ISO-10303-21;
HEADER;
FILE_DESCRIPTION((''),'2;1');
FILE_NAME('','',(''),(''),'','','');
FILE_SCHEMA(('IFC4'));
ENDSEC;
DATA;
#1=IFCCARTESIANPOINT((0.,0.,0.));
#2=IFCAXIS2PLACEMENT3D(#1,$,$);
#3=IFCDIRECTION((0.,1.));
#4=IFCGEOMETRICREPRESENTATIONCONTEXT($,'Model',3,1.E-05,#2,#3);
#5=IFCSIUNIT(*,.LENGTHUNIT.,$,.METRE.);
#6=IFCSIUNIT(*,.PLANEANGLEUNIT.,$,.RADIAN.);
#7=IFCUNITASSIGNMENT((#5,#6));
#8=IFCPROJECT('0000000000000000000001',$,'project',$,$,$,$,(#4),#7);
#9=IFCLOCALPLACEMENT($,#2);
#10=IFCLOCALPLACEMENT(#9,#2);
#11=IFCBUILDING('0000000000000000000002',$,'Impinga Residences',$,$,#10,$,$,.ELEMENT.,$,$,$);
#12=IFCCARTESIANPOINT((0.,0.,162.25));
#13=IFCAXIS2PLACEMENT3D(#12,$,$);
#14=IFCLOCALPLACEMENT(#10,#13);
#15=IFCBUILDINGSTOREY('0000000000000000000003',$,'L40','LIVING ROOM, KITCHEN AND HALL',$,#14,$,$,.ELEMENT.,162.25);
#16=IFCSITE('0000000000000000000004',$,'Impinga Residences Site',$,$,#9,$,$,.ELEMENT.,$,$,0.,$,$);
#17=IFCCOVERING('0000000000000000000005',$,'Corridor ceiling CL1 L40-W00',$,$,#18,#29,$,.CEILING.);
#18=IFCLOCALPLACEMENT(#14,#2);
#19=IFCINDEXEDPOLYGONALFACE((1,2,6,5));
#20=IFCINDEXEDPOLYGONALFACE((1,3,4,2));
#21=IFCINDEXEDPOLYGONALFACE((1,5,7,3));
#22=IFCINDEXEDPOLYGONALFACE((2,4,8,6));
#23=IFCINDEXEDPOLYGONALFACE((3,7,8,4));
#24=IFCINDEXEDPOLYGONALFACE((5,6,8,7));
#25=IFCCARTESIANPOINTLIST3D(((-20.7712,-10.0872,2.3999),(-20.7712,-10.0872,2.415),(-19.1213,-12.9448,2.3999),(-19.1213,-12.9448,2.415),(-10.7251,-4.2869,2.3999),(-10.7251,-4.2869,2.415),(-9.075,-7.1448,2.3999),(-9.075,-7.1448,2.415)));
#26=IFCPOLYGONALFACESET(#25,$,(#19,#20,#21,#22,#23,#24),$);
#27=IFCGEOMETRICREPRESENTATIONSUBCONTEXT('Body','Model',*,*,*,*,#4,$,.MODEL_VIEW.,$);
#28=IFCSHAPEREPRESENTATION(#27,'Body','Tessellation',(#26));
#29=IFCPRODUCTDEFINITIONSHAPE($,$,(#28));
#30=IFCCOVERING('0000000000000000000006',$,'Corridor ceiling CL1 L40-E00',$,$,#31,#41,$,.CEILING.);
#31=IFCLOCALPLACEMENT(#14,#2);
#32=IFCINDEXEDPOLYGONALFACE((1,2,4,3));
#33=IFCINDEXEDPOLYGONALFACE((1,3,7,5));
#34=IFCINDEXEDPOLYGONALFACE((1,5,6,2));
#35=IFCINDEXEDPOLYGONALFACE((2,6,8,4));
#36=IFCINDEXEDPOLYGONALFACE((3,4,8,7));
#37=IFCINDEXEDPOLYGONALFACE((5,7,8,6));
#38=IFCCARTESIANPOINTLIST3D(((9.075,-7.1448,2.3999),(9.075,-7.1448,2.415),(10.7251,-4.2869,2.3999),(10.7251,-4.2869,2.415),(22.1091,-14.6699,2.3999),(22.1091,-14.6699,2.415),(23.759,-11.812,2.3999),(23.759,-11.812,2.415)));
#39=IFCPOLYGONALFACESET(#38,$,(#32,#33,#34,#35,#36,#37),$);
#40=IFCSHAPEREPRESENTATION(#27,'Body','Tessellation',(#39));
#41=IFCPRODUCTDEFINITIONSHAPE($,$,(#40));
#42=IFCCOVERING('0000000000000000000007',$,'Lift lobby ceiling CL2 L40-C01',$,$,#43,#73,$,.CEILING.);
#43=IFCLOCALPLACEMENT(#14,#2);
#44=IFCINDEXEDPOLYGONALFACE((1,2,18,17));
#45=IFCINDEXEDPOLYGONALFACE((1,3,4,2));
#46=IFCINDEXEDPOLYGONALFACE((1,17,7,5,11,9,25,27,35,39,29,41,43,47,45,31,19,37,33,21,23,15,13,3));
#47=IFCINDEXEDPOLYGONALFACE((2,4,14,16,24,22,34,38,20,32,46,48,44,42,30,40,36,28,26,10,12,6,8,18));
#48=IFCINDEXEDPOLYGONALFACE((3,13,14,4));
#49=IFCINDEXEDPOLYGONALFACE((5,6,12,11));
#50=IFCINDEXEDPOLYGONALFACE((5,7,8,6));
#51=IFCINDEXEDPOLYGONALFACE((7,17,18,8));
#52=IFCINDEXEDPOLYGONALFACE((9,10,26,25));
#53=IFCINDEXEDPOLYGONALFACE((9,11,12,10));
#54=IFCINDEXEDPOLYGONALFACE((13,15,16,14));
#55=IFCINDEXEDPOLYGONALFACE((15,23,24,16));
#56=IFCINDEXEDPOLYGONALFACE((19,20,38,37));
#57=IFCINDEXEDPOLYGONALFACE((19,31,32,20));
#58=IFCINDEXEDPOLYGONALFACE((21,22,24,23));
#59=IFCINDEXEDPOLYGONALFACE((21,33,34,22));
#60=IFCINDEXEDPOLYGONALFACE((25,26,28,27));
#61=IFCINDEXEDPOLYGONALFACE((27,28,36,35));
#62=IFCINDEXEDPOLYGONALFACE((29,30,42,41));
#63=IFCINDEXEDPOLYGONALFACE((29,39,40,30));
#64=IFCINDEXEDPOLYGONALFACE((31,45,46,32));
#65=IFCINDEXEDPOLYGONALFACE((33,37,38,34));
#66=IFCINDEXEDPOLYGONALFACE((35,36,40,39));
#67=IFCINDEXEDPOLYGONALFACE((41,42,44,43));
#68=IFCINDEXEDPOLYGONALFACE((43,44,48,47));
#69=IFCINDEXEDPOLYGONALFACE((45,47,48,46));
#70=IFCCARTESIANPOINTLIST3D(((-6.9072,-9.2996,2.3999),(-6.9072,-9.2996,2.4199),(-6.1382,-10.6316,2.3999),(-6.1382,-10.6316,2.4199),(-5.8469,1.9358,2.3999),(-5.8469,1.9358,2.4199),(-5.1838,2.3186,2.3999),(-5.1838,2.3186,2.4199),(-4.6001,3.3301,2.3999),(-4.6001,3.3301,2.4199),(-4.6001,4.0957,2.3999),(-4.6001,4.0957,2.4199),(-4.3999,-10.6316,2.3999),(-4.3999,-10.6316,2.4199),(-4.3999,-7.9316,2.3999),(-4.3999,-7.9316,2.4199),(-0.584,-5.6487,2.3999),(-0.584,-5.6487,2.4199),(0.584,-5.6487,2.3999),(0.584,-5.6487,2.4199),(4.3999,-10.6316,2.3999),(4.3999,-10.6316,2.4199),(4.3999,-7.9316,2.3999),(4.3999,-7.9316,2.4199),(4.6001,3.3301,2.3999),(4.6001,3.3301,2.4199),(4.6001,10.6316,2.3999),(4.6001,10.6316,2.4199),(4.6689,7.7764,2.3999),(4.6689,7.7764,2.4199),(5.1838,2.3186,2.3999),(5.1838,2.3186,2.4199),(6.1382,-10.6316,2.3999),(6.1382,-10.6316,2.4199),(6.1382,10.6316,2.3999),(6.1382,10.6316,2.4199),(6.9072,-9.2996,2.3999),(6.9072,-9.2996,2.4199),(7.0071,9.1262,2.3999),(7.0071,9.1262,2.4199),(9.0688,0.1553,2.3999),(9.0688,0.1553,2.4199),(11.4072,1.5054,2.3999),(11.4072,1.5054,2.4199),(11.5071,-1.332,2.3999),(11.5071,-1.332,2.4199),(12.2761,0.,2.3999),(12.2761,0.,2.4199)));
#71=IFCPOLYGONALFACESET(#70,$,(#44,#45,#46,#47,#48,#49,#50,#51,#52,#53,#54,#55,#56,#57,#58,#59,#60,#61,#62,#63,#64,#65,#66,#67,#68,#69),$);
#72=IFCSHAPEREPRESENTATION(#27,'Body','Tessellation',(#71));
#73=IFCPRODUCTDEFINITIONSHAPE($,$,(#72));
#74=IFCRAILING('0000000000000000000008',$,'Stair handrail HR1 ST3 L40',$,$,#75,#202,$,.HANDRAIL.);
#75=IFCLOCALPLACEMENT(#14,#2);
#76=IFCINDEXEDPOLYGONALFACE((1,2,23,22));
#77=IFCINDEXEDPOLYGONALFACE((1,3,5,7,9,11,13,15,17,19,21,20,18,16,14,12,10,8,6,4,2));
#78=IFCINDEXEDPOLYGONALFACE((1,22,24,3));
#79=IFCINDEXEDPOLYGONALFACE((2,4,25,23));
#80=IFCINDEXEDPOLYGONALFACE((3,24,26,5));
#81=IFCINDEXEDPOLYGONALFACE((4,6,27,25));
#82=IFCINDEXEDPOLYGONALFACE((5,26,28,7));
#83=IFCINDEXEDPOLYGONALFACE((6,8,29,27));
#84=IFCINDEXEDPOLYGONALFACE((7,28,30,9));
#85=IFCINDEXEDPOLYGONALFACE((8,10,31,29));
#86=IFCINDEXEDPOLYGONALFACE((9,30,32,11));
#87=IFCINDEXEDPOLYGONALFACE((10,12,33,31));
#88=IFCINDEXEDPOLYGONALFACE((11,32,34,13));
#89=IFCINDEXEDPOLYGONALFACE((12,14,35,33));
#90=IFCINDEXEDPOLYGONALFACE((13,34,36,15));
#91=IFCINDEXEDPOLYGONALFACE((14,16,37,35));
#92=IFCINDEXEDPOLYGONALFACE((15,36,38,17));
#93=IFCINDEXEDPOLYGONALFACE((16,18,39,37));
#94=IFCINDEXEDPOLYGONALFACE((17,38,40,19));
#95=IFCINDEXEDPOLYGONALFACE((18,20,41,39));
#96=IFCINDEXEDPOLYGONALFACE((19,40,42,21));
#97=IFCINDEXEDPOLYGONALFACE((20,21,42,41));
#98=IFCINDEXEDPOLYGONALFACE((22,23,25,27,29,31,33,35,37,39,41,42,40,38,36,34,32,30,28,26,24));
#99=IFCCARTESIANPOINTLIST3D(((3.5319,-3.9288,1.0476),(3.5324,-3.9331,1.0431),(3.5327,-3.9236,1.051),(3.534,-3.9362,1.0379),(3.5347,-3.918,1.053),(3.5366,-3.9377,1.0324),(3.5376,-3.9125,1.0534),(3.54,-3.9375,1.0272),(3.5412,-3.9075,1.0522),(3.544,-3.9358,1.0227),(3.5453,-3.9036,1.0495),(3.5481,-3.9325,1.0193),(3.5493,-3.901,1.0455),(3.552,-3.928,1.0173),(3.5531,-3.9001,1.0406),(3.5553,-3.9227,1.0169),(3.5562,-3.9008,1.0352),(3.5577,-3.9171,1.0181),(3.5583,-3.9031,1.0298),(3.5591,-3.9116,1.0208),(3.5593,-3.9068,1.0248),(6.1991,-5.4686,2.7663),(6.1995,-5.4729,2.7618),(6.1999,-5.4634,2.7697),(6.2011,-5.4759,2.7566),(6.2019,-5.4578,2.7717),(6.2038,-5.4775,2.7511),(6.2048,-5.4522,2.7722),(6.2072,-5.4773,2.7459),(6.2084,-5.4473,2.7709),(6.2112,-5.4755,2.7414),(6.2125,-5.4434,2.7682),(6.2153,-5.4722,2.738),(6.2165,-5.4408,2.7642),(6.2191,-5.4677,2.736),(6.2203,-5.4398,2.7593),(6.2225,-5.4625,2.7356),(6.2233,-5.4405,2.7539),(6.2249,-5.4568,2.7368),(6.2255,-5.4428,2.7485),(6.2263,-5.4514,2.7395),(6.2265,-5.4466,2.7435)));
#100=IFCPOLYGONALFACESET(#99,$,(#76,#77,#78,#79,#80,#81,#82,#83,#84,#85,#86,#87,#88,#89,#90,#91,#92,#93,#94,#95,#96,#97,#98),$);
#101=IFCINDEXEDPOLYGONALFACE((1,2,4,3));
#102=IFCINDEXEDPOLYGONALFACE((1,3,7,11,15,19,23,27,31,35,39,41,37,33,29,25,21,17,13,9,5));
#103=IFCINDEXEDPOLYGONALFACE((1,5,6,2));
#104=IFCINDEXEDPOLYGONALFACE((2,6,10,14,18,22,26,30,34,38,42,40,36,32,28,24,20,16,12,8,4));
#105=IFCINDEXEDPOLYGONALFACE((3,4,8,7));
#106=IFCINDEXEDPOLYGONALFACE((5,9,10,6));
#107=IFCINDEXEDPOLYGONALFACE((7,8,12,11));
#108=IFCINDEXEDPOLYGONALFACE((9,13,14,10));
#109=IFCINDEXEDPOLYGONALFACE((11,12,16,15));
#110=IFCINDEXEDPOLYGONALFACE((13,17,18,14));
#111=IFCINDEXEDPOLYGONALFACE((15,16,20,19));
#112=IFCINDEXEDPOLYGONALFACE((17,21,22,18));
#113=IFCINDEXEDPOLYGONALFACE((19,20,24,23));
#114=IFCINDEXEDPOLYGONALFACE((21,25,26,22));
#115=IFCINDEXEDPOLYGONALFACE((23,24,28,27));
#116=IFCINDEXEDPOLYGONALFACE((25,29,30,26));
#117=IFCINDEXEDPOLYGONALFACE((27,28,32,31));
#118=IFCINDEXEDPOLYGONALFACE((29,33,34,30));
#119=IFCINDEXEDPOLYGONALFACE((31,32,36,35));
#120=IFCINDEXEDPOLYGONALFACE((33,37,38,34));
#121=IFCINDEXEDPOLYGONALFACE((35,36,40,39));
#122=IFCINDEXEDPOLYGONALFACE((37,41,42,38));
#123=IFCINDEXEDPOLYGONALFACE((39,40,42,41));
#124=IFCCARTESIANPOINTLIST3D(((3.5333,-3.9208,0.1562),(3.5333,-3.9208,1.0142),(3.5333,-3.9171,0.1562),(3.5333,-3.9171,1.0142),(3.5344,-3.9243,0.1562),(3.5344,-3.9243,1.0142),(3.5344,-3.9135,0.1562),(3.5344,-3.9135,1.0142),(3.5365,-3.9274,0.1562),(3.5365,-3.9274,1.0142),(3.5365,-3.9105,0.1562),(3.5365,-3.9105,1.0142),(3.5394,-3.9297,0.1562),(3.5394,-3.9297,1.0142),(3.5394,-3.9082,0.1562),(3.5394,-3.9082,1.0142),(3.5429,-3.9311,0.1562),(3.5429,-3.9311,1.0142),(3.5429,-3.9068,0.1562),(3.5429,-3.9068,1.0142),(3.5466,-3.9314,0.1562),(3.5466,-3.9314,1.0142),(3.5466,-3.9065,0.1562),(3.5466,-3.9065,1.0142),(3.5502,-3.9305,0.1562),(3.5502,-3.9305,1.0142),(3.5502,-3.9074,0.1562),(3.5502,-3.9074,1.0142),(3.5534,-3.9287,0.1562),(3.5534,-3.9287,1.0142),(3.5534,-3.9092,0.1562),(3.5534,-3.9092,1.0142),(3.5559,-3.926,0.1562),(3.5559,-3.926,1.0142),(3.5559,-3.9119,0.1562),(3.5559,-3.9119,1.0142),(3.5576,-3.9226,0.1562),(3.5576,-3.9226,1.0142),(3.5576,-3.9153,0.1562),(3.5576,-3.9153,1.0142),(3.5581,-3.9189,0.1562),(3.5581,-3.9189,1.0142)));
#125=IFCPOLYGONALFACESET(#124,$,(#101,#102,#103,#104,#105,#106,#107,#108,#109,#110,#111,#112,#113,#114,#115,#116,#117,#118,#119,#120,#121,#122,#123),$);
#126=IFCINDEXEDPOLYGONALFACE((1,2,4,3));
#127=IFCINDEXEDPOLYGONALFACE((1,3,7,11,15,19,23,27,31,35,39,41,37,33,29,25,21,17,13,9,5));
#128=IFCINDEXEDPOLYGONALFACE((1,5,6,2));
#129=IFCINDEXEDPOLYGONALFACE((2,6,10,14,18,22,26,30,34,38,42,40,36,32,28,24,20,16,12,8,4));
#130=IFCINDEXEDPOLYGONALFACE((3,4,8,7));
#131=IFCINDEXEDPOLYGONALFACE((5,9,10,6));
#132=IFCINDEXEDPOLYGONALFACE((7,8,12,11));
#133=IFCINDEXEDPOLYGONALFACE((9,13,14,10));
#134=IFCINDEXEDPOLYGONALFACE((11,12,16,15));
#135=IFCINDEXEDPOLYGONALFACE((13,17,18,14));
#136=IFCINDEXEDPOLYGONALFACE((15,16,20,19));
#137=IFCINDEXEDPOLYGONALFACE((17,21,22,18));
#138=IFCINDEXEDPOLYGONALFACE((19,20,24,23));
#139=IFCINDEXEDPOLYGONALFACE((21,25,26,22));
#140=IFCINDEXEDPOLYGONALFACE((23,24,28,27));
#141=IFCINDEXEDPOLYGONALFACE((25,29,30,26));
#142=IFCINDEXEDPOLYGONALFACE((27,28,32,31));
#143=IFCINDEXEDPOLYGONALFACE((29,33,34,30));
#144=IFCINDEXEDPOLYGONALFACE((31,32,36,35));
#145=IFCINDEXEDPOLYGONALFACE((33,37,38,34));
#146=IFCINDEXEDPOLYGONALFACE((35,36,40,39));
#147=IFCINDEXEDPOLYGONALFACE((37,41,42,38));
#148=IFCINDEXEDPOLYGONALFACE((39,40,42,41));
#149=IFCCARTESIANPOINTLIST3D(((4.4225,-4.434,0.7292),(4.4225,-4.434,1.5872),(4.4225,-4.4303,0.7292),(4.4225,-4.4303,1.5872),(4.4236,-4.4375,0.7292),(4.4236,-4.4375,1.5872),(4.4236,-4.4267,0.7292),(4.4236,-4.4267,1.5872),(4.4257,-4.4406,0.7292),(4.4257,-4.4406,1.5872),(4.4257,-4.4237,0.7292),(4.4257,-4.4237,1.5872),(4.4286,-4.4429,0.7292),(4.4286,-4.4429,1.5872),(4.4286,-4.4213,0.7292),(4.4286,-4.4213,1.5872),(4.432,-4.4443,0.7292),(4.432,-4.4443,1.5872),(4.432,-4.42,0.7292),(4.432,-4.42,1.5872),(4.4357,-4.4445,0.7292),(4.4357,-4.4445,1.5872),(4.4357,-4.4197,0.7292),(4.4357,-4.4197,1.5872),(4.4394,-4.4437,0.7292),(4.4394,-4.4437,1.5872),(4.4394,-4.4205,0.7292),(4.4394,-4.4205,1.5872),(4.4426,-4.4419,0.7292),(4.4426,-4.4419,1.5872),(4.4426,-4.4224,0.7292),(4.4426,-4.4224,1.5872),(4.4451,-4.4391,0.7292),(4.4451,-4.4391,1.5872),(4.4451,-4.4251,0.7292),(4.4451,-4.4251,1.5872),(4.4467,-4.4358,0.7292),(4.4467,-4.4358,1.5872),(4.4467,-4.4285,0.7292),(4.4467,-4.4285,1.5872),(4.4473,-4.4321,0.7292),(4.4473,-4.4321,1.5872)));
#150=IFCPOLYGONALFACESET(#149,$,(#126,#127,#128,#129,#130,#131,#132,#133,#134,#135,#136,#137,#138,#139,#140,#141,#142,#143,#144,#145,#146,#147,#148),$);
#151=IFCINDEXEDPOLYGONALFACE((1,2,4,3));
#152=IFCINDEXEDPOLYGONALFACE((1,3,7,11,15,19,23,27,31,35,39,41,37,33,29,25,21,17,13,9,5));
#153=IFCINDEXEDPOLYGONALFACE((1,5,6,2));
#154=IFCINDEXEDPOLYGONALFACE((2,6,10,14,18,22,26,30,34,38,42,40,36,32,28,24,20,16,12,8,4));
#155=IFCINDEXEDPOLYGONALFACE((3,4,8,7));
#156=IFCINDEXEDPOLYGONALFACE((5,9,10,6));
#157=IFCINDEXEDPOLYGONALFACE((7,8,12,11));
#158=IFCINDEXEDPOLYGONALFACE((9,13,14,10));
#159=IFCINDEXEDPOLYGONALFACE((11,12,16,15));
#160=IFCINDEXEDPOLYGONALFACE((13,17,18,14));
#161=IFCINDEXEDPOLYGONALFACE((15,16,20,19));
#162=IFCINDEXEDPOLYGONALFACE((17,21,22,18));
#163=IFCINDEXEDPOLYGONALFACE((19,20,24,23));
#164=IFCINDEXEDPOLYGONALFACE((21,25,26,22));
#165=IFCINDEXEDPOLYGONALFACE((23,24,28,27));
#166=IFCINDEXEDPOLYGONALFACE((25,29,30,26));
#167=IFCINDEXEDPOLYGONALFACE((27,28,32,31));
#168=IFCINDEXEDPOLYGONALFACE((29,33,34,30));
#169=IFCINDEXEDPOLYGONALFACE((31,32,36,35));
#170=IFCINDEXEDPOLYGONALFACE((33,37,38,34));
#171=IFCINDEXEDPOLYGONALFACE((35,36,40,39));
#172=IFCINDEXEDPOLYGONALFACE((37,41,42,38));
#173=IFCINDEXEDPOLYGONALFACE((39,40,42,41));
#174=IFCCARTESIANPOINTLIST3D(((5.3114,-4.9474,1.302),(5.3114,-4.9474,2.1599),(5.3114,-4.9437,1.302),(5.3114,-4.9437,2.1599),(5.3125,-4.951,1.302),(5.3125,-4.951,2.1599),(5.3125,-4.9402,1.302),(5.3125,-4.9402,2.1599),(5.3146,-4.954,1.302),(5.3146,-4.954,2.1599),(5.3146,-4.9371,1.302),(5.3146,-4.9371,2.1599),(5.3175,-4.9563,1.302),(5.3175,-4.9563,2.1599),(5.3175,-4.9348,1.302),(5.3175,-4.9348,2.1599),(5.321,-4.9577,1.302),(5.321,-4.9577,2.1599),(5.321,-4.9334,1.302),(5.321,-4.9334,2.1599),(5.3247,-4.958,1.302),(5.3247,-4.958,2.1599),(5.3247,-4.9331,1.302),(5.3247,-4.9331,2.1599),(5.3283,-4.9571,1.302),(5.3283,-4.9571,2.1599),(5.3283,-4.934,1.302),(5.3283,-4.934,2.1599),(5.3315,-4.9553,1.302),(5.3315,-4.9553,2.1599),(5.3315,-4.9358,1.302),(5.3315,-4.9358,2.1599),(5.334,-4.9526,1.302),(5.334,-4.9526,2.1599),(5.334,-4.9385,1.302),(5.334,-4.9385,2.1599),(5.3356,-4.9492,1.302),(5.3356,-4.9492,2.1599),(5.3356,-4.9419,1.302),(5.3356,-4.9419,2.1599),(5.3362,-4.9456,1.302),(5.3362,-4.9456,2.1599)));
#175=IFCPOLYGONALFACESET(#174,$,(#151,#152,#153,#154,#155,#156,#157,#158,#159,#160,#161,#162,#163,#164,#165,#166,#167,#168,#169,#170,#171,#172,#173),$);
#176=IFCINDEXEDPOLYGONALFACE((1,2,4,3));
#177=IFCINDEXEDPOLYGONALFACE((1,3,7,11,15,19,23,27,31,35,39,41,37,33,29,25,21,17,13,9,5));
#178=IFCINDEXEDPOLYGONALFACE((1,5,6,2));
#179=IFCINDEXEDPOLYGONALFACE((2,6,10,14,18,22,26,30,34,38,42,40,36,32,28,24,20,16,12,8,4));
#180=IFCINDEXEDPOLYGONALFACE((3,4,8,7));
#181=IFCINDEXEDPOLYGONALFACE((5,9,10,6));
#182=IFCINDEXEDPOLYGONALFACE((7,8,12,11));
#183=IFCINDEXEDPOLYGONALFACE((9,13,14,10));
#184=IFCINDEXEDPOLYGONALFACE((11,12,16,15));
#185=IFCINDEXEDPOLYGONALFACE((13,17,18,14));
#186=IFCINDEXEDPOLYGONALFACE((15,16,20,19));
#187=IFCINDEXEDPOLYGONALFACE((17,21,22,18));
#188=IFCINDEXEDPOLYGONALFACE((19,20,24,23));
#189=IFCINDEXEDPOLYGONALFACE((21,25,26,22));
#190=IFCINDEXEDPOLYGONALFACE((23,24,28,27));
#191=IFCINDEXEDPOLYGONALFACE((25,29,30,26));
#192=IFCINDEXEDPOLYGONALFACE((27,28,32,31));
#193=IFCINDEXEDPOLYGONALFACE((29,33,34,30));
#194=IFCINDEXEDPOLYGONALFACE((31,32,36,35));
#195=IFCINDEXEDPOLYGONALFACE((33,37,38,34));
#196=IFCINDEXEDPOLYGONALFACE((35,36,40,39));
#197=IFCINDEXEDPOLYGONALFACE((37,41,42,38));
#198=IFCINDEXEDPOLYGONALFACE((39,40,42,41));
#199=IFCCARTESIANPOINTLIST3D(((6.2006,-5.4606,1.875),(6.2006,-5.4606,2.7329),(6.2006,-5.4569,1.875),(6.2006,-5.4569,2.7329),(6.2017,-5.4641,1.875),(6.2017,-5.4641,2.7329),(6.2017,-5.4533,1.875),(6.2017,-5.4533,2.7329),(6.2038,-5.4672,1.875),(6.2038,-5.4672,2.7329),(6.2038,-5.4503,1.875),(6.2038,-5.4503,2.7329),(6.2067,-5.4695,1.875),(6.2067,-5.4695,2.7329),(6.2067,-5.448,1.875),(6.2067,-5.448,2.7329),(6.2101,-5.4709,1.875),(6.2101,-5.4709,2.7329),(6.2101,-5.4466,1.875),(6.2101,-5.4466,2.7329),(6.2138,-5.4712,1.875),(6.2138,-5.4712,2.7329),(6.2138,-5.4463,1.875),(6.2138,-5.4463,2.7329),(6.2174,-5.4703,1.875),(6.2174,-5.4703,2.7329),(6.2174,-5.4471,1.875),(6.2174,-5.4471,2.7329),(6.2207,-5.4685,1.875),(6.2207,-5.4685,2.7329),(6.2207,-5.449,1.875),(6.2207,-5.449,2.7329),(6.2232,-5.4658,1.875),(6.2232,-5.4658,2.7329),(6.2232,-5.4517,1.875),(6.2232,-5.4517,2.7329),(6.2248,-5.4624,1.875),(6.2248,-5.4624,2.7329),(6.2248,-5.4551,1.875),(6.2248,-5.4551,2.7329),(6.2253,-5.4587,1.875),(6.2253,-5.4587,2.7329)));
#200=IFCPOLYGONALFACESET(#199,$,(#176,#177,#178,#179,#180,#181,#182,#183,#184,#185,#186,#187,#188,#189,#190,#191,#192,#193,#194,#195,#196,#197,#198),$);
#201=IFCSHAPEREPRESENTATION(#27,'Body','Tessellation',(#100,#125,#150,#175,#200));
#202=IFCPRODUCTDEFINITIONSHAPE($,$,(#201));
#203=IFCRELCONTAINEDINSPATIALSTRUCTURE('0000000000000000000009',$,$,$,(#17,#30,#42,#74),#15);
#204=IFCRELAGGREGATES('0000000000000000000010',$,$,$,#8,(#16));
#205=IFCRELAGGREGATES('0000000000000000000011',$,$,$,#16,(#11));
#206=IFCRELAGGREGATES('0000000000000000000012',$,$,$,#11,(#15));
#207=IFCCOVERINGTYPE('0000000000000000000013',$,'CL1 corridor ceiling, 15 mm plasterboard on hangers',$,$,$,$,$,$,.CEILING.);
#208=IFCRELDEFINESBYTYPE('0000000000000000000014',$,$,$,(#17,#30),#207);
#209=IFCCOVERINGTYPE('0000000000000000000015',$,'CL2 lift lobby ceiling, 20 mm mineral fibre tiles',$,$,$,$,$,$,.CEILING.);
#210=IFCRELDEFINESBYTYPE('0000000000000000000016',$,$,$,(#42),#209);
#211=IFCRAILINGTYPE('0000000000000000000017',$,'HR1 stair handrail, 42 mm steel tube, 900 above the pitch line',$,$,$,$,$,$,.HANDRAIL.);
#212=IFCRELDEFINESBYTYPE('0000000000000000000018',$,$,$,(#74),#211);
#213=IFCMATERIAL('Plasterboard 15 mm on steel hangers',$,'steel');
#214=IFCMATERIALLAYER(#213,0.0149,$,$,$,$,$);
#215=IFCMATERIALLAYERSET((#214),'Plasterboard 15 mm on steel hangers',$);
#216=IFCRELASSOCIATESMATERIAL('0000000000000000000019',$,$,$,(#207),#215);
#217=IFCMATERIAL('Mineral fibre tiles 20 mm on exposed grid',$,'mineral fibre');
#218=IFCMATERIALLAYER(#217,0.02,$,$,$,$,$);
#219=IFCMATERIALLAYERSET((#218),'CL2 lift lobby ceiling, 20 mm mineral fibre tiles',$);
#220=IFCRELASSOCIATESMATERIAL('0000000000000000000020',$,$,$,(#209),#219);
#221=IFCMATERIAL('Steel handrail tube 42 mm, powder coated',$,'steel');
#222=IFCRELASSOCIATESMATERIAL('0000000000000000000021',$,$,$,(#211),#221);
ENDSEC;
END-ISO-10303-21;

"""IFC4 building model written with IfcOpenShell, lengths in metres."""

from ifc_helpers import new_model, si_unit, direction, frame, origin, origin_2d, place, context, subcontext, project, spatial, polyline, circle, outline, extrude, material, layer, layer_set, type_object, element, save


model = new_model("IFC4")

# Units and contexts
model_context = context("Model", 3, precision=1e-05, world=origin(), true_north=direction((0.0, 1.0)))
body_context = subcontext(model_context, "Body", "Model", "MODEL_VIEW")
ifc_project = project(units=[si_unit("LENGTHUNIT", "METRE"), si_unit("PLANEANGLEUNIT", "RADIAN")], contexts=[model_context])

# Site, building, storey
site_placement = place(None, origin())
site = spatial("IfcSite", under=ifc_project, at=site_placement, Name="Impinga Residences Site", CompositionType="ELEMENT", RefElevation=0.0)
building_placement = place(site_placement, origin())
building = spatial("IfcBuilding", under=site, at=building_placement, Name="Impinga Residences", CompositionType="ELEMENT")
storey_placement = place(building_placement, frame((0.0, 0.0, 162.25)))
storey = spatial("IfcBuildingStorey", under=building, at=storey_placement, Name="L40", Description="LIVING ROOM, KITCHEN AND HALL", CompositionType="ELEMENT", Elevation=162.25)

# Coverings
ifc_material_1 = material(Name="Plasterboard 15 mm on steel hangers", Category="steel")
ifc_layer_1 = layer(ifc_material_1, 0.0149)
ifc_layer_set_1 = layer_set([ifc_layer_1], Name="Plasterboard 15 mm on steel hangers")
covering_type_1 = type_object("IfcCoveringType", Name="CL1 corridor ceiling, 15 mm plasterboard on hangers", PredefinedType="CEILING", material=ifc_layer_set_1)
covering_1_placement = place(storey_placement, frame((0.0, 0.0, 2.3999)))
element("IfcCovering", 1, at=covering_1_placement, inside=storey, type_object=covering_type_1, Name="Corridor ceiling CL1 L40-W00", PredefinedType="CEILING", context=body_context, shape_type="SweptSolid", body=[
    extrude(outline(polyline([(-10.7251, -4.2869), (-9.075, -7.1448), (-19.1213, -12.9448), (-20.7712, -10.0872), (-10.7251, -4.2869)])), origin(), (0.0, 0.0, 1.0), 0.0151),
])
covering_2_placement = place(storey_placement, frame((0.0, 0.0, 2.3999)))
element("IfcCovering", 2, at=covering_2_placement, inside=storey, type_object=covering_type_1, Name="Corridor ceiling CL1 L40-E00", PredefinedType="CEILING", context=body_context, shape_type="SweptSolid", body=[
    extrude(outline(polyline([(9.075, -7.1448), (10.7251, -4.2869), (23.759, -11.812), (22.1091, -14.6699), (9.075, -7.1448)])), origin(), (0.0, 0.0, 1.0), 0.0151),
])
ifc_material_2 = material(Name="Mineral fibre tiles 20 mm on exposed grid", Category="mineral fibre")
ifc_layer_2 = layer(ifc_material_2, 0.02)
ifc_layer_set_2 = layer_set([ifc_layer_2], Name="CL2 lift lobby ceiling, 20 mm mineral fibre tiles")
covering_type_2 = type_object("IfcCoveringType", Name="CL2 lift lobby ceiling, 20 mm mineral fibre tiles", PredefinedType="CEILING", material=ifc_layer_set_2)
covering_3_placement = place(storey_placement, frame((0.0, 0.0, 2.3999)))
element("IfcCovering", 3, at=covering_3_placement, inside=storey, type_object=covering_type_2, Name="Lift lobby ceiling CL2 L40-C01", PredefinedType="CEILING", context=body_context, shape_type="SweptSolid", body=[
    extrude(outline(polyline([(5.1838, 2.3186), (0.584, -5.6487), (6.9072, -9.2996), (6.1382, -10.6316), (4.3999, -10.6316), (4.3999, -7.9316), (-4.3999, -7.9316), (-4.3999, -10.6316), (-6.1382, -10.6316), (-6.9072, -9.2996), (-0.584, -5.6487), (-5.1838, 2.3186), (-5.8469, 1.9358), (-4.6001, 4.0957), (-4.6001, 3.3301), (4.6001, 3.3301), (4.6001, 10.6316), (6.1382, 10.6316), (7.0071, 9.1262), (4.6689, 7.7764), (9.0688, 0.1553), (11.4072, 1.5054), (12.2761, 0.0), (11.5071, -1.332), (5.1838, 2.3186)])), origin(), (0.0, 0.0, 1.0), 0.02),
])

# Railing
ifc_material_3 = material(Name="Steel handrail tube 42 mm, powder coated", Category="steel")
railing_type = type_object("IfcRailingType", Name="HR1 stair handrail, 42 mm steel tube, 900 above the pitch line", PredefinedType="HANDRAIL", material=ifc_material_3)
railing_placement = place(storey_placement, frame((3.5457, -3.9189, 0.1562)))
element("IfcRailing", 4, at=railing_placement, inside=storey, type_object=railing_type, Name="Stair handrail HR1 ST3 L40", PredefinedType="HANDRAIL", context=body_context, shape_type="SweptSolid", body=[
    extrude(circle(Radius=0.021, at=origin_2d()), frame((0.0, 0.0, 0.8789), z_axis=(0.756249, -0.436582, 0.487322), x_axis=(0.499967, 0.866044, 0.0)), (0.0, 0.0, 1.0), 3.5269),
    extrude(circle(Radius=0.0125, at=origin_2d()), origin(), (0.0, 0.0, 1.0), 0.8579),
    extrude(circle(Radius=0.0125, at=origin_2d()), frame((0.8892, -0.5132, 0.573)), (0.0, 0.0, 1.0), 0.8579),
    extrude(circle(Radius=0.0125, at=origin_2d()), frame((1.7781, -1.0266, 1.1458)), (0.0, 0.0, 1.0), 0.8579),
    extrude(circle(Radius=0.0125, at=origin_2d()), frame((2.6672, -1.5398, 1.7188)), (0.0, 0.0, 1.0), 0.8579),
])

save(model, "model.ifc")
